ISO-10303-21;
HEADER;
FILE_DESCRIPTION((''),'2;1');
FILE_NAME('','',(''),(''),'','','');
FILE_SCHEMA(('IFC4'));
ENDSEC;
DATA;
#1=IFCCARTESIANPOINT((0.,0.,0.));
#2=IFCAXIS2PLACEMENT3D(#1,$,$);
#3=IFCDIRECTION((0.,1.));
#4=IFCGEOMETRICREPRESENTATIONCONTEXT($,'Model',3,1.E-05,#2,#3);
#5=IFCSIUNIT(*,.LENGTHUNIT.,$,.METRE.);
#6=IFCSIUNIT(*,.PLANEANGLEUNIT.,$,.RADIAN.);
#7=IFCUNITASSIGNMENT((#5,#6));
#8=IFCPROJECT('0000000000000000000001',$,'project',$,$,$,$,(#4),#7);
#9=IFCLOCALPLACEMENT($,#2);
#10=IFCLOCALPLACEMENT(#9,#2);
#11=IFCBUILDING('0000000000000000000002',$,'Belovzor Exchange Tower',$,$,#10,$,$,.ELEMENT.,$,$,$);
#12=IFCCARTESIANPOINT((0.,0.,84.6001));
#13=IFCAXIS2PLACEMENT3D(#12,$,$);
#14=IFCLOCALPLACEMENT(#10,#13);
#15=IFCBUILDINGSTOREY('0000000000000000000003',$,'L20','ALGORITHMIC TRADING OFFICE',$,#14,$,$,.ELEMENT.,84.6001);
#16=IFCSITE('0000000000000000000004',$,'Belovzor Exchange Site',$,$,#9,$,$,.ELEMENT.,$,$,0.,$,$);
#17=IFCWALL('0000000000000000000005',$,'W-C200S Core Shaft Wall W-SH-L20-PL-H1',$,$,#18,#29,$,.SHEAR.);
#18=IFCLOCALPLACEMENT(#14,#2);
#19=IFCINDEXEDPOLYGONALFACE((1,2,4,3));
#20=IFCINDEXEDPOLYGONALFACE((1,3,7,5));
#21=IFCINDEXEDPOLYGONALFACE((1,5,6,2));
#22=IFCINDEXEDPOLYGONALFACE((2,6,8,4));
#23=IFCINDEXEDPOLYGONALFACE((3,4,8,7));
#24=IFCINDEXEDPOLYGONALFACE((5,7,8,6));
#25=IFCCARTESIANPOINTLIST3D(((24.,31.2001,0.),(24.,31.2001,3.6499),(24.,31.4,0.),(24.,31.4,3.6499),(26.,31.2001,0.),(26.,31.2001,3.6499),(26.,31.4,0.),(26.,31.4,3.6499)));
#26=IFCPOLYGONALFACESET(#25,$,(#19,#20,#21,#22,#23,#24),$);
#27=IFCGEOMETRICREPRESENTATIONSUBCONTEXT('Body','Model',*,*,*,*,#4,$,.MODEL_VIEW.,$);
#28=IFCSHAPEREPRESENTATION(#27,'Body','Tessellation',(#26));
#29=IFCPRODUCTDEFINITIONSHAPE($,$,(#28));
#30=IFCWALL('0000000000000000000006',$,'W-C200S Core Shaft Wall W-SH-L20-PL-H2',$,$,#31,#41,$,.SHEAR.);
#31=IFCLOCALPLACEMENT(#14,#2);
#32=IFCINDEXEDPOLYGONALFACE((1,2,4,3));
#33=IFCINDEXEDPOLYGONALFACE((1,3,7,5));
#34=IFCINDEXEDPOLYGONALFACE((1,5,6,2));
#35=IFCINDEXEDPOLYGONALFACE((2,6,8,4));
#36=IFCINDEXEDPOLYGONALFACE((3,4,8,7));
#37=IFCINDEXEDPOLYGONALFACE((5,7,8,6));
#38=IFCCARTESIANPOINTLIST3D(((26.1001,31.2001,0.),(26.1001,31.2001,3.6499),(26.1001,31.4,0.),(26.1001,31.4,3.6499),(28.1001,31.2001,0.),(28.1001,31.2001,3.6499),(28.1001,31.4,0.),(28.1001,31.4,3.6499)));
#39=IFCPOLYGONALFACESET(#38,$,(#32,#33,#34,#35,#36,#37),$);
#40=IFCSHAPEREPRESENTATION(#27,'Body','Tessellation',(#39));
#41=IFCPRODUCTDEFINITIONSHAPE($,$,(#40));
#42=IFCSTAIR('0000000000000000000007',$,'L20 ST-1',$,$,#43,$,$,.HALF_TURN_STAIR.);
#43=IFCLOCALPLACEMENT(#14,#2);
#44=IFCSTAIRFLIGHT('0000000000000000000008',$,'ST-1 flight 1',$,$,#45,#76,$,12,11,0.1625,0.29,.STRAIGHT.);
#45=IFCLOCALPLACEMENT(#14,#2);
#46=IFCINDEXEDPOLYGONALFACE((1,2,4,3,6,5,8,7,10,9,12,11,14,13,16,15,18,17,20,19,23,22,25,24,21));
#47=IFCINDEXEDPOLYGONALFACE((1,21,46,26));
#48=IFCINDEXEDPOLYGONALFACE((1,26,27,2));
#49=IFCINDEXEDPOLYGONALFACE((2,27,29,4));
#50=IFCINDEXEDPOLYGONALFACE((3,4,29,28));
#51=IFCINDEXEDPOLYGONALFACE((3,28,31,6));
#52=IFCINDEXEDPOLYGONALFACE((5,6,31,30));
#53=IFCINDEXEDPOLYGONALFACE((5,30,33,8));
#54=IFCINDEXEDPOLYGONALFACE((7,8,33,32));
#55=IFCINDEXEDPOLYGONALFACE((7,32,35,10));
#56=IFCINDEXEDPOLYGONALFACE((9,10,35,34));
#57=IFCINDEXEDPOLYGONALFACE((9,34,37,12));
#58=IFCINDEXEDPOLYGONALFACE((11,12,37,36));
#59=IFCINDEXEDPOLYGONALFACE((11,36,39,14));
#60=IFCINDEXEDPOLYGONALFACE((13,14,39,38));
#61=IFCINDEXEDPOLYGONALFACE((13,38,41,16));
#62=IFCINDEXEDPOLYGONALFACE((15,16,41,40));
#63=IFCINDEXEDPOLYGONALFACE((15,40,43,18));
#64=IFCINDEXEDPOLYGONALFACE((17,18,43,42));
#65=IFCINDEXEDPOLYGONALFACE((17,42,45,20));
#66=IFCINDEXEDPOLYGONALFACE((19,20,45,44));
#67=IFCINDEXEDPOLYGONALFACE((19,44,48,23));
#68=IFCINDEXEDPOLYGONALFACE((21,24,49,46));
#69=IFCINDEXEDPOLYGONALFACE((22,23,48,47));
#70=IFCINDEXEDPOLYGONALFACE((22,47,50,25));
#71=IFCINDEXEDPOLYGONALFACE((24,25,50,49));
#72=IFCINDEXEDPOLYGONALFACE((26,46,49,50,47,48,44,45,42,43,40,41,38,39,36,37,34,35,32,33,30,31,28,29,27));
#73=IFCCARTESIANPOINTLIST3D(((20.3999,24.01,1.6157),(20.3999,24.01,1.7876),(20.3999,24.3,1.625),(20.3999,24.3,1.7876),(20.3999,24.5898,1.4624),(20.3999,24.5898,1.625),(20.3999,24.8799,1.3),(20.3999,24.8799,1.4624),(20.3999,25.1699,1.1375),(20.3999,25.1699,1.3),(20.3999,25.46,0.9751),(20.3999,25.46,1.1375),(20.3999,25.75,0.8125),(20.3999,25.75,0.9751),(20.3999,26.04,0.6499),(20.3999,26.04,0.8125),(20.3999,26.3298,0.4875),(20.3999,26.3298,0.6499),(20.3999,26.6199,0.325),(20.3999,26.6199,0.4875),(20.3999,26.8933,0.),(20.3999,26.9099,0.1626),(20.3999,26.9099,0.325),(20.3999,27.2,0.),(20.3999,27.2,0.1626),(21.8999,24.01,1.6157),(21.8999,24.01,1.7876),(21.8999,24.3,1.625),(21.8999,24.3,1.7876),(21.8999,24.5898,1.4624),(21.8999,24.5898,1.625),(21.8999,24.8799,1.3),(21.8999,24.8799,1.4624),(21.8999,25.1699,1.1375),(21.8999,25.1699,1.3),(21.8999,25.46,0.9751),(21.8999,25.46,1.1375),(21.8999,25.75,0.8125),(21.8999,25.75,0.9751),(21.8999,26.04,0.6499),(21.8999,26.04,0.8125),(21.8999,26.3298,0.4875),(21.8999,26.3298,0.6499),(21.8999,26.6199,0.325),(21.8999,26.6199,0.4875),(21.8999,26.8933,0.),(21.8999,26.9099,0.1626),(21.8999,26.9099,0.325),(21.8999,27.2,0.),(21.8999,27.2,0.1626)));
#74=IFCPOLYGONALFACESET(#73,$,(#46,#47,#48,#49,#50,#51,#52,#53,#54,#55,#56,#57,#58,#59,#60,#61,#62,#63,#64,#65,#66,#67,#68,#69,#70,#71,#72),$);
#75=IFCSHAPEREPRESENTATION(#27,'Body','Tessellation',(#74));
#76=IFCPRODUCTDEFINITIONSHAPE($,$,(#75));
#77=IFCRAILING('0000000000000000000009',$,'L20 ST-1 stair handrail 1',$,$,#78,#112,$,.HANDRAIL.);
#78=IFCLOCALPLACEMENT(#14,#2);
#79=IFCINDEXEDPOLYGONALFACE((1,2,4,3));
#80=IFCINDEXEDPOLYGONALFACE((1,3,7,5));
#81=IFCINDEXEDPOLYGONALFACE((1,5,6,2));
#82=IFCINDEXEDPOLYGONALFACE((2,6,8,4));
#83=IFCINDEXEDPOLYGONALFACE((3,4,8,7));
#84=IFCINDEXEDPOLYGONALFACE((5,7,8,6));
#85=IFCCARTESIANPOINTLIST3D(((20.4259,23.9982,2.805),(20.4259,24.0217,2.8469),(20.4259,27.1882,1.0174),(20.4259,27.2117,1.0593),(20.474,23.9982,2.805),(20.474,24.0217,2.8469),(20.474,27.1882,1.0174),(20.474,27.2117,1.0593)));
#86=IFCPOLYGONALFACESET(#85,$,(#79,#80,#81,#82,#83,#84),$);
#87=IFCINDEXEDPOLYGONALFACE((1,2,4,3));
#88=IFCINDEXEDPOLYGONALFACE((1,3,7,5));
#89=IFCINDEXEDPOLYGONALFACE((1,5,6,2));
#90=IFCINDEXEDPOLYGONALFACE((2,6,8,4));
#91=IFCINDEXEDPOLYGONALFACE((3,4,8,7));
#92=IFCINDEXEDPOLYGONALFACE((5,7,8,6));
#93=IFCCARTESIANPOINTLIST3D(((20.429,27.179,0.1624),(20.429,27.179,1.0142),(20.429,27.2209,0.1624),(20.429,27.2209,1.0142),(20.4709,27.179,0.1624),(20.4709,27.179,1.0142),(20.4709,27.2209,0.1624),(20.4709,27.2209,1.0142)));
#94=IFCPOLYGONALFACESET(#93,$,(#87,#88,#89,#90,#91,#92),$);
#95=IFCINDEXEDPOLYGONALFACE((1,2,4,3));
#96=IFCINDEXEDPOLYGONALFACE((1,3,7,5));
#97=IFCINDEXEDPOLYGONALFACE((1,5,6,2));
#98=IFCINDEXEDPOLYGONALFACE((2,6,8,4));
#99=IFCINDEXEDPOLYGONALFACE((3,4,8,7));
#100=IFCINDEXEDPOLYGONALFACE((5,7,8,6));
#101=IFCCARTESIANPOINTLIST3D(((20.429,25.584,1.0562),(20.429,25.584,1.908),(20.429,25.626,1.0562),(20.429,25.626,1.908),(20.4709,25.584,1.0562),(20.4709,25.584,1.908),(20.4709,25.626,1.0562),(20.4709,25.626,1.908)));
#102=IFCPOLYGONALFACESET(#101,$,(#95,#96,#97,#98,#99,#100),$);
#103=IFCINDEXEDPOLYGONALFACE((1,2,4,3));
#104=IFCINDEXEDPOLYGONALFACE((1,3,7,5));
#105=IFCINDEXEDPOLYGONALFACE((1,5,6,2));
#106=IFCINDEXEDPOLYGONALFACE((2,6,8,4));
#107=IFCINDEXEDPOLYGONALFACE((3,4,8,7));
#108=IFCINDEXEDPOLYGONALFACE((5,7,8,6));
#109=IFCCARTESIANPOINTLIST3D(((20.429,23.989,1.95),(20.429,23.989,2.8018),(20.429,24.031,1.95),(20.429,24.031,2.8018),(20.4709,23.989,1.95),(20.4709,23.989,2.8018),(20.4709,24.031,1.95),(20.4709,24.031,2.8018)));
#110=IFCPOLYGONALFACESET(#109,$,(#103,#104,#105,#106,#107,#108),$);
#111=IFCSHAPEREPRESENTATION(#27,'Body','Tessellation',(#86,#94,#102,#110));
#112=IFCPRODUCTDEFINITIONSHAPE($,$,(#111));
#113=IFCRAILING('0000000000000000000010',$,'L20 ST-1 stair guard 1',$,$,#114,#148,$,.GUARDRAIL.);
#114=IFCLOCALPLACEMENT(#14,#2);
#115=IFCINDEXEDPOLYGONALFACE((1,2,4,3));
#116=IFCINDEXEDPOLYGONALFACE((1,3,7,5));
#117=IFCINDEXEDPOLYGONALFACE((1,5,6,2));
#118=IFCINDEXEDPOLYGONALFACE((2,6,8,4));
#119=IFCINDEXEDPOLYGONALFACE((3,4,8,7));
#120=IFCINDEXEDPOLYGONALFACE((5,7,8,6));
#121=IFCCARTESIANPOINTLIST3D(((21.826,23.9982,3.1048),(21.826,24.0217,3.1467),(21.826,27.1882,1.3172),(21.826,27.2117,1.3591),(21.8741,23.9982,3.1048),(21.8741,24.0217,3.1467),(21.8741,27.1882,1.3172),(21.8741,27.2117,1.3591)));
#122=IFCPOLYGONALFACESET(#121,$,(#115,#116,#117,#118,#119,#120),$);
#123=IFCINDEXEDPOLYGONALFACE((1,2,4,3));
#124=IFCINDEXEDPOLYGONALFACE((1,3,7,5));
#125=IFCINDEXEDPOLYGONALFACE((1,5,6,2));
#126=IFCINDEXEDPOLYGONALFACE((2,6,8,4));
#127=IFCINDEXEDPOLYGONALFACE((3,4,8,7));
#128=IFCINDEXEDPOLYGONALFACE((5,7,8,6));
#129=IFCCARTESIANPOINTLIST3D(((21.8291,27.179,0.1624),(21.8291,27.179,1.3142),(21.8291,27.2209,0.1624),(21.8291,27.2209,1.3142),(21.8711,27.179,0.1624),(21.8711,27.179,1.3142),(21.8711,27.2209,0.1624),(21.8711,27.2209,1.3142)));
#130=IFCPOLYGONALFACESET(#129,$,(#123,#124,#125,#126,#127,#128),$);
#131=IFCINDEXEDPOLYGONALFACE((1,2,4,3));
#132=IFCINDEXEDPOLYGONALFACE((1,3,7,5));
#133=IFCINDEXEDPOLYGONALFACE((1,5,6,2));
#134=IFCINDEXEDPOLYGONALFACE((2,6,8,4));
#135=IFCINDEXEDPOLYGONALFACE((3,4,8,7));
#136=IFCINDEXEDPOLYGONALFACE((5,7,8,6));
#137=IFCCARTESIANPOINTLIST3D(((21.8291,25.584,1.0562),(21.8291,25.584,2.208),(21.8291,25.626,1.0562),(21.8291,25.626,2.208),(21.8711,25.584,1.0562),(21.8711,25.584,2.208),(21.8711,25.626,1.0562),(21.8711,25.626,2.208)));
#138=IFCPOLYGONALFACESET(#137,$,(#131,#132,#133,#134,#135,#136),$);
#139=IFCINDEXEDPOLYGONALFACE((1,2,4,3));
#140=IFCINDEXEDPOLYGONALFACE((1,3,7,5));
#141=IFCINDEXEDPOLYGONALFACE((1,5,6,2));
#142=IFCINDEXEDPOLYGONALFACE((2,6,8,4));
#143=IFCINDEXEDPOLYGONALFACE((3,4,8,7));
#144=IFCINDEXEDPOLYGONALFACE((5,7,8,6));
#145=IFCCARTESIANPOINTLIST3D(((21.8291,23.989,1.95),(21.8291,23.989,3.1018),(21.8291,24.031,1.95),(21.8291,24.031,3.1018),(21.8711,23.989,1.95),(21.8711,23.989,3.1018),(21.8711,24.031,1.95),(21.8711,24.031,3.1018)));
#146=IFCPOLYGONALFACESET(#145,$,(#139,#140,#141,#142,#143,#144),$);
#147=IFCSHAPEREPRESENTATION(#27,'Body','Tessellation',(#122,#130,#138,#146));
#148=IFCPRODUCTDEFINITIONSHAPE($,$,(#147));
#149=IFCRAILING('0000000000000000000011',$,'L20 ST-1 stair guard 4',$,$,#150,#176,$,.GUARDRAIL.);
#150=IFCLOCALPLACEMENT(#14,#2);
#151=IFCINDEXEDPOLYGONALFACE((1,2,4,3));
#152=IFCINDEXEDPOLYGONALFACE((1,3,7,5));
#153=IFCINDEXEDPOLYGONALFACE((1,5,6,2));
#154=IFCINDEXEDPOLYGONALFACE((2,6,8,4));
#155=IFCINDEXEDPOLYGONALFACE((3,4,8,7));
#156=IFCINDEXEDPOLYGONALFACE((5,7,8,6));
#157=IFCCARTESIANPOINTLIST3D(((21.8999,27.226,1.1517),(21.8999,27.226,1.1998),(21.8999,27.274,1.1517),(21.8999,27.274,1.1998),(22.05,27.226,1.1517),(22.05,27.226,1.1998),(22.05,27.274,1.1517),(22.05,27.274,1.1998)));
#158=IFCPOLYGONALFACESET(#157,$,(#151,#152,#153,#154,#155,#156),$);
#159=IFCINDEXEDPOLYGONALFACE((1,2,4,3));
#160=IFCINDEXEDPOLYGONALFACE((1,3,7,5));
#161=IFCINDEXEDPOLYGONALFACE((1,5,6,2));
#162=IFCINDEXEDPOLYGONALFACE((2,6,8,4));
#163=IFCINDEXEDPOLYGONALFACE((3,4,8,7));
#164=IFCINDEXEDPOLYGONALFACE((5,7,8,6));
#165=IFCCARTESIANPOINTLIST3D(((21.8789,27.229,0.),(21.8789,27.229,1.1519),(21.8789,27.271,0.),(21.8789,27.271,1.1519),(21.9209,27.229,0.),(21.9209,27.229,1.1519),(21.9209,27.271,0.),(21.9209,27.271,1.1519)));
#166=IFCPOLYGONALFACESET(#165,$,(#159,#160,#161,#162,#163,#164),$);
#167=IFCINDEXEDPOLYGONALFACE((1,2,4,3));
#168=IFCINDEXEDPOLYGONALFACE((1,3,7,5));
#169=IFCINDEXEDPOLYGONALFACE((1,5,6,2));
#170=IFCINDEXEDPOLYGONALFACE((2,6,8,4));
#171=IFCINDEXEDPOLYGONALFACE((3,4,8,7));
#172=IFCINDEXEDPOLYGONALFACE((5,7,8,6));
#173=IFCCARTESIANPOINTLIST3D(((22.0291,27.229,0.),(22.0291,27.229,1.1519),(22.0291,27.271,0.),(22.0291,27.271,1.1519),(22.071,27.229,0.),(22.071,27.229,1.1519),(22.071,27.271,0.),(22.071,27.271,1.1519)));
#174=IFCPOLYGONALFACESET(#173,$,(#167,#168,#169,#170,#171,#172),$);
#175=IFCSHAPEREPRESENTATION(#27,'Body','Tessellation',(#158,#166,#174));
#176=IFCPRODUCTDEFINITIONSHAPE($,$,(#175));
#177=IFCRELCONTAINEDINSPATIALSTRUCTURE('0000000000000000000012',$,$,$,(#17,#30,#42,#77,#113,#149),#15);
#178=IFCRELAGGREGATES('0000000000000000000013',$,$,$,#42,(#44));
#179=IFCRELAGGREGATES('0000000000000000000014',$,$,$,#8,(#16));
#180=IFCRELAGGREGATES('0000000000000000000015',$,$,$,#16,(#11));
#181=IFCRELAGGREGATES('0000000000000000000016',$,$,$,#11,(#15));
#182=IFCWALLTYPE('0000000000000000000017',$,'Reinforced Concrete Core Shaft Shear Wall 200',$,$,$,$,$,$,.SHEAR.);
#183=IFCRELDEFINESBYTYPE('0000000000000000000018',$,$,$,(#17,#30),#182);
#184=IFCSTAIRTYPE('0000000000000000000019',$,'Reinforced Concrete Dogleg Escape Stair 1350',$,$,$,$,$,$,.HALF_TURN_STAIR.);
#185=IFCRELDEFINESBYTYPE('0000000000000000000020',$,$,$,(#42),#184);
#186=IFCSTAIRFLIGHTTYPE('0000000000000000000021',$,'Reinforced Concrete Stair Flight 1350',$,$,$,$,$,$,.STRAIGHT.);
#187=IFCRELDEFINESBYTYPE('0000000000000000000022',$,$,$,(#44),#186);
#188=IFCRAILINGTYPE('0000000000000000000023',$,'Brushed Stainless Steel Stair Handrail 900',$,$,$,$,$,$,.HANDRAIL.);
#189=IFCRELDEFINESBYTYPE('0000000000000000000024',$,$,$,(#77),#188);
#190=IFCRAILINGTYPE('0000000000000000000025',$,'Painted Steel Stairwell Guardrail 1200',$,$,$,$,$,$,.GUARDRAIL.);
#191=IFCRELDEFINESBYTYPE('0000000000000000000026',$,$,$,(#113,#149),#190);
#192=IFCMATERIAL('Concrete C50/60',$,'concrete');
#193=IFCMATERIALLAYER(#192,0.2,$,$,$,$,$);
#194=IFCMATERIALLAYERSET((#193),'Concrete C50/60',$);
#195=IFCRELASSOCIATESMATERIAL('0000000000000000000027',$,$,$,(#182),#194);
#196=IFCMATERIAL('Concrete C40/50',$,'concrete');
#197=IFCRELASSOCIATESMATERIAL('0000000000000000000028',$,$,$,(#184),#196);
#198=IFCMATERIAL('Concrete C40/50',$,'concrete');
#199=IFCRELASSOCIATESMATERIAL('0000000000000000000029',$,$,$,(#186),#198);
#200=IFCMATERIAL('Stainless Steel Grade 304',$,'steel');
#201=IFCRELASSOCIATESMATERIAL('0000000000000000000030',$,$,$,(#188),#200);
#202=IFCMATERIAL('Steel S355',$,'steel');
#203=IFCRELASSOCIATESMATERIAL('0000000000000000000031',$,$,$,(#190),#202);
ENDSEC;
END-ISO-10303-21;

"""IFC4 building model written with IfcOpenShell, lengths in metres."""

from ifc_helpers import new_model, si_unit, direction, frame, frame_2d, origin, origin_2d, place, context, subcontext, project, spatial, polyline, rectangle, outline, extrude, material, layer, layer_set, type_object, element, aggregate, save


model = new_model("IFC4")

# Units and contexts
model_context = context("Model", 3, precision=1e-05, world=origin(), true_north=direction((0.0, 1.0)))
body_context = subcontext(model_context, "Body", "Model", "MODEL_VIEW")
ifc_project = project(units=[si_unit("LENGTHUNIT", "METRE"), si_unit("PLANEANGLEUNIT", "RADIAN")], contexts=[model_context])

# Site, building, storey
site_placement = place(None, origin())
site = spatial("IfcSite", under=ifc_project, at=site_placement, Name="Belovzor Exchange Site", CompositionType="ELEMENT", RefElevation=0.0)
building_placement = place(site_placement, origin())
building = spatial("IfcBuilding", under=site, at=building_placement, Name="Belovzor Exchange Tower", CompositionType="ELEMENT")
storey_placement = place(building_placement, frame((0.0, 0.0, 84.6001)))
storey = spatial("IfcBuildingStorey", under=building, at=storey_placement, Name="L20", Description="ALGORITHMIC TRADING OFFICE", CompositionType="ELEMENT", Elevation=84.6001)

# Shared definitions
ifc_material_1 = material(Name="Concrete C50/60", Category="concrete")
ifc_layer_1 = layer(ifc_material_1, 0.2)
ifc_layer_set_1 = layer_set([ifc_layer_1], Name="Concrete C50/60")
wall_type_1 = type_object("IfcWallType", Name="Reinforced Concrete Core Shaft Shear Wall 200", PredefinedType="SHEAR", material=ifc_layer_set_1)

# Walls
for number, where, z_axis, x_axis, name in (
    (1, (24.0, 31.3, 0.0), (0.0, 0.0, 1.0), (1.0, 0.0, 0.0), "W-C200S Core Shaft Wall W-SH-L20-PL-H1"),
    (2, (26.1001, 31.3, 0.0), (0.0, 0.0, 1.0), (1.0, 0.0, 0.0), "W-C200S Core Shaft Wall W-SH-L20-PL-H2"),
):
    element("IfcWall", number, at=place(storey_placement, frame(where, z_axis=z_axis, x_axis=x_axis)), inside=storey, type_object=wall_type_1, Name=name, PredefinedType="SHEAR", context=body_context, shape_type="SweptSolid", body=[
        extrude(rectangle(XDim=2.0, YDim=0.2, at=frame_2d((1.0, 0.0))), origin(), (0.0, 0.0, 1.0), 3.6499),
    ])

# Stair, stair flight
ifc_material_2 = material(Name="Concrete C40/50", Category="concrete")
stair_type = type_object("IfcStairType", Name="Reinforced Concrete Dogleg Escape Stair 1350", PredefinedType="HALF_TURN_STAIR", material=ifc_material_2)
stair_placement = place(storey_placement, origin())
stair = element("IfcStair", 3, at=stair_placement, inside=storey, type_object=stair_type, Name="L20 ST-1", PredefinedType="HALF_TURN_STAIR")
ifc_material_3 = material(Name="Concrete C40/50", Category="concrete")
stair_flight_type = type_object("IfcStairFlightType", Name="Reinforced Concrete Stair Flight 1350", PredefinedType="STRAIGHT", material=ifc_material_3)
stair_flight_placement = place(storey_placement, frame((21.1499, 27.2, 0.0), z_axis=(0.0, 0.0, 1.0), x_axis=(0.0, -1.0, 0.0)))
stair_flight = element("IfcStairFlight", 4, at=stair_flight_placement, type_object=stair_flight_type, Name="ST-1 flight 1", NumberOfRisers=12, NumberOfTreads=11, PredefinedType="STRAIGHT", RiserHeight=0.1625, TreadLength=0.29, context=body_context, shape_type="SweptSolid", body=[
    extrude(outline(polyline([(0.0, 0.0), (0.0, 0.1626), (0.29, 0.1626), (0.29, 0.325), (0.5801, 0.325), (0.5801, 0.4875), (0.8701, 0.4875), (0.8701, 0.6499), (1.1599, 0.6499), (1.1599, 0.8125), (1.45, 0.8125), (1.45, 0.9751), (1.74, 0.9751), (1.74, 1.1375), (2.03, 1.1375), (2.03, 1.3), (2.3201, 1.3), (2.3201, 1.4624), (2.6101, 1.4624), (2.6101, 1.625), (2.8999, 1.625), (2.8999, 1.7876), (3.1899, 1.7876), (3.1899, 1.95), (3.1899, 1.6157), (0.3066, 0.0), (0.0, 0.0)])), frame((0.0, 0.75, 0.0), z_axis=(0.0, -1.0, 0.0), x_axis=(1.0, 0.0, 0.0)), (0.0, 0.0, 1.0), 1.5),
])
aggregate(stair, [stair_flight])

# Railings
ifc_material_4 = material(Name="Stainless Steel Grade 304", Category="steel")
railing_type_1 = type_object("IfcRailingType", Name="Brushed Stainless Steel Stair Handrail 900", PredefinedType="HANDRAIL", material=ifc_material_4)
railing_1_placement = place(storey_placement, frame((20.45, 27.2, 0.1624)))
element("IfcRailing", 5, at=railing_1_placement, inside=storey, type_object=railing_type_1, Name="L20 ST-1 stair handrail 1", PredefinedType="HANDRAIL", context=body_context, shape_type="SweptSolid", body=[
    extrude(rectangle(XDim=0.0481, YDim=0.0481, at=origin_2d()), frame((0.0, 0.0, 0.876), z_axis=(0.0, -0.872363, 0.48886), x_axis=(1.0, 0.0, 0.0)), (0.0, 0.0, 1.0), 3.6567),
    extrude(rectangle(XDim=0.042, YDim=0.042, at=origin_2d()), origin(), (0.0, 0.0, 1.0), 0.8518),
    extrude(rectangle(XDim=0.042, YDim=0.042, at=origin_2d()), frame((0.0, -1.595, 0.8938)), (0.0, 0.0, 1.0), 0.8518),
    extrude(rectangle(XDim=0.042, YDim=0.042, at=origin_2d()), frame((0.0, -3.1899, 1.7876)), (0.0, 0.0, 1.0), 0.8518),
])
ifc_material_5 = material(Name="Steel S355", Category="steel")
railing_type_2 = type_object("IfcRailingType", Name="Painted Steel Stairwell Guardrail 1200", PredefinedType="GUARDRAIL", material=ifc_material_5)
railing_2_placement = place(storey_placement, frame((21.8501, 27.2, 0.1624)))
element("IfcRailing", 6, at=railing_2_placement, inside=storey, type_object=railing_type_2, Name="L20 ST-1 stair guard 1", PredefinedType="GUARDRAIL", context=body_context, shape_type="SweptSolid", body=[
    extrude(rectangle(XDim=0.0481, YDim=0.0481, at=origin_2d()), frame((0.0, 0.0, 1.1758), z_axis=(0.0, -0.872363, 0.48886), x_axis=(1.0, 0.0, 0.0)), (0.0, 0.0, 1.0), 3.6567),
    extrude(rectangle(XDim=0.042, YDim=0.042, at=origin_2d()), origin(), (0.0, 0.0, 1.0), 1.1519),
    extrude(rectangle(XDim=0.042, YDim=0.042, at=origin_2d()), frame((0.0, -1.595, 0.8938)), (0.0, 0.0, 1.0), 1.1519),
    extrude(rectangle(XDim=0.042, YDim=0.042, at=origin_2d()), frame((0.0, -3.1899, 1.7876)), (0.0, 0.0, 1.0), 1.1519),
])
railing_3_placement = place(storey_placement, frame((21.8999, 27.25, 0.0)))
element("IfcRailing", 7, at=railing_3_placement, inside=storey, type_object=railing_type_2, Name="L20 ST-1 stair guard 4", PredefinedType="GUARDRAIL", context=body_context, shape_type="SweptSolid", body=[
    extrude(rectangle(XDim=0.0481, YDim=0.0481, at=origin_2d()), frame((0.0, 0.0, 1.1758), z_axis=(1.0, 0.0, 0.0), x_axis=(0.0, 1.0, 0.0)), (0.0, 0.0, 1.0), 0.1501),
    extrude(rectangle(XDim=0.042, YDim=0.042, at=origin_2d()), origin(), (0.0, 0.0, 1.0), 1.1519),
    extrude(rectangle(XDim=0.042, YDim=0.042, at=origin_2d()), frame((0.1501, 0.0, 0.0)), (0.0, 0.0, 1.0), 1.1519),
])

save(model, "model.ifc")
